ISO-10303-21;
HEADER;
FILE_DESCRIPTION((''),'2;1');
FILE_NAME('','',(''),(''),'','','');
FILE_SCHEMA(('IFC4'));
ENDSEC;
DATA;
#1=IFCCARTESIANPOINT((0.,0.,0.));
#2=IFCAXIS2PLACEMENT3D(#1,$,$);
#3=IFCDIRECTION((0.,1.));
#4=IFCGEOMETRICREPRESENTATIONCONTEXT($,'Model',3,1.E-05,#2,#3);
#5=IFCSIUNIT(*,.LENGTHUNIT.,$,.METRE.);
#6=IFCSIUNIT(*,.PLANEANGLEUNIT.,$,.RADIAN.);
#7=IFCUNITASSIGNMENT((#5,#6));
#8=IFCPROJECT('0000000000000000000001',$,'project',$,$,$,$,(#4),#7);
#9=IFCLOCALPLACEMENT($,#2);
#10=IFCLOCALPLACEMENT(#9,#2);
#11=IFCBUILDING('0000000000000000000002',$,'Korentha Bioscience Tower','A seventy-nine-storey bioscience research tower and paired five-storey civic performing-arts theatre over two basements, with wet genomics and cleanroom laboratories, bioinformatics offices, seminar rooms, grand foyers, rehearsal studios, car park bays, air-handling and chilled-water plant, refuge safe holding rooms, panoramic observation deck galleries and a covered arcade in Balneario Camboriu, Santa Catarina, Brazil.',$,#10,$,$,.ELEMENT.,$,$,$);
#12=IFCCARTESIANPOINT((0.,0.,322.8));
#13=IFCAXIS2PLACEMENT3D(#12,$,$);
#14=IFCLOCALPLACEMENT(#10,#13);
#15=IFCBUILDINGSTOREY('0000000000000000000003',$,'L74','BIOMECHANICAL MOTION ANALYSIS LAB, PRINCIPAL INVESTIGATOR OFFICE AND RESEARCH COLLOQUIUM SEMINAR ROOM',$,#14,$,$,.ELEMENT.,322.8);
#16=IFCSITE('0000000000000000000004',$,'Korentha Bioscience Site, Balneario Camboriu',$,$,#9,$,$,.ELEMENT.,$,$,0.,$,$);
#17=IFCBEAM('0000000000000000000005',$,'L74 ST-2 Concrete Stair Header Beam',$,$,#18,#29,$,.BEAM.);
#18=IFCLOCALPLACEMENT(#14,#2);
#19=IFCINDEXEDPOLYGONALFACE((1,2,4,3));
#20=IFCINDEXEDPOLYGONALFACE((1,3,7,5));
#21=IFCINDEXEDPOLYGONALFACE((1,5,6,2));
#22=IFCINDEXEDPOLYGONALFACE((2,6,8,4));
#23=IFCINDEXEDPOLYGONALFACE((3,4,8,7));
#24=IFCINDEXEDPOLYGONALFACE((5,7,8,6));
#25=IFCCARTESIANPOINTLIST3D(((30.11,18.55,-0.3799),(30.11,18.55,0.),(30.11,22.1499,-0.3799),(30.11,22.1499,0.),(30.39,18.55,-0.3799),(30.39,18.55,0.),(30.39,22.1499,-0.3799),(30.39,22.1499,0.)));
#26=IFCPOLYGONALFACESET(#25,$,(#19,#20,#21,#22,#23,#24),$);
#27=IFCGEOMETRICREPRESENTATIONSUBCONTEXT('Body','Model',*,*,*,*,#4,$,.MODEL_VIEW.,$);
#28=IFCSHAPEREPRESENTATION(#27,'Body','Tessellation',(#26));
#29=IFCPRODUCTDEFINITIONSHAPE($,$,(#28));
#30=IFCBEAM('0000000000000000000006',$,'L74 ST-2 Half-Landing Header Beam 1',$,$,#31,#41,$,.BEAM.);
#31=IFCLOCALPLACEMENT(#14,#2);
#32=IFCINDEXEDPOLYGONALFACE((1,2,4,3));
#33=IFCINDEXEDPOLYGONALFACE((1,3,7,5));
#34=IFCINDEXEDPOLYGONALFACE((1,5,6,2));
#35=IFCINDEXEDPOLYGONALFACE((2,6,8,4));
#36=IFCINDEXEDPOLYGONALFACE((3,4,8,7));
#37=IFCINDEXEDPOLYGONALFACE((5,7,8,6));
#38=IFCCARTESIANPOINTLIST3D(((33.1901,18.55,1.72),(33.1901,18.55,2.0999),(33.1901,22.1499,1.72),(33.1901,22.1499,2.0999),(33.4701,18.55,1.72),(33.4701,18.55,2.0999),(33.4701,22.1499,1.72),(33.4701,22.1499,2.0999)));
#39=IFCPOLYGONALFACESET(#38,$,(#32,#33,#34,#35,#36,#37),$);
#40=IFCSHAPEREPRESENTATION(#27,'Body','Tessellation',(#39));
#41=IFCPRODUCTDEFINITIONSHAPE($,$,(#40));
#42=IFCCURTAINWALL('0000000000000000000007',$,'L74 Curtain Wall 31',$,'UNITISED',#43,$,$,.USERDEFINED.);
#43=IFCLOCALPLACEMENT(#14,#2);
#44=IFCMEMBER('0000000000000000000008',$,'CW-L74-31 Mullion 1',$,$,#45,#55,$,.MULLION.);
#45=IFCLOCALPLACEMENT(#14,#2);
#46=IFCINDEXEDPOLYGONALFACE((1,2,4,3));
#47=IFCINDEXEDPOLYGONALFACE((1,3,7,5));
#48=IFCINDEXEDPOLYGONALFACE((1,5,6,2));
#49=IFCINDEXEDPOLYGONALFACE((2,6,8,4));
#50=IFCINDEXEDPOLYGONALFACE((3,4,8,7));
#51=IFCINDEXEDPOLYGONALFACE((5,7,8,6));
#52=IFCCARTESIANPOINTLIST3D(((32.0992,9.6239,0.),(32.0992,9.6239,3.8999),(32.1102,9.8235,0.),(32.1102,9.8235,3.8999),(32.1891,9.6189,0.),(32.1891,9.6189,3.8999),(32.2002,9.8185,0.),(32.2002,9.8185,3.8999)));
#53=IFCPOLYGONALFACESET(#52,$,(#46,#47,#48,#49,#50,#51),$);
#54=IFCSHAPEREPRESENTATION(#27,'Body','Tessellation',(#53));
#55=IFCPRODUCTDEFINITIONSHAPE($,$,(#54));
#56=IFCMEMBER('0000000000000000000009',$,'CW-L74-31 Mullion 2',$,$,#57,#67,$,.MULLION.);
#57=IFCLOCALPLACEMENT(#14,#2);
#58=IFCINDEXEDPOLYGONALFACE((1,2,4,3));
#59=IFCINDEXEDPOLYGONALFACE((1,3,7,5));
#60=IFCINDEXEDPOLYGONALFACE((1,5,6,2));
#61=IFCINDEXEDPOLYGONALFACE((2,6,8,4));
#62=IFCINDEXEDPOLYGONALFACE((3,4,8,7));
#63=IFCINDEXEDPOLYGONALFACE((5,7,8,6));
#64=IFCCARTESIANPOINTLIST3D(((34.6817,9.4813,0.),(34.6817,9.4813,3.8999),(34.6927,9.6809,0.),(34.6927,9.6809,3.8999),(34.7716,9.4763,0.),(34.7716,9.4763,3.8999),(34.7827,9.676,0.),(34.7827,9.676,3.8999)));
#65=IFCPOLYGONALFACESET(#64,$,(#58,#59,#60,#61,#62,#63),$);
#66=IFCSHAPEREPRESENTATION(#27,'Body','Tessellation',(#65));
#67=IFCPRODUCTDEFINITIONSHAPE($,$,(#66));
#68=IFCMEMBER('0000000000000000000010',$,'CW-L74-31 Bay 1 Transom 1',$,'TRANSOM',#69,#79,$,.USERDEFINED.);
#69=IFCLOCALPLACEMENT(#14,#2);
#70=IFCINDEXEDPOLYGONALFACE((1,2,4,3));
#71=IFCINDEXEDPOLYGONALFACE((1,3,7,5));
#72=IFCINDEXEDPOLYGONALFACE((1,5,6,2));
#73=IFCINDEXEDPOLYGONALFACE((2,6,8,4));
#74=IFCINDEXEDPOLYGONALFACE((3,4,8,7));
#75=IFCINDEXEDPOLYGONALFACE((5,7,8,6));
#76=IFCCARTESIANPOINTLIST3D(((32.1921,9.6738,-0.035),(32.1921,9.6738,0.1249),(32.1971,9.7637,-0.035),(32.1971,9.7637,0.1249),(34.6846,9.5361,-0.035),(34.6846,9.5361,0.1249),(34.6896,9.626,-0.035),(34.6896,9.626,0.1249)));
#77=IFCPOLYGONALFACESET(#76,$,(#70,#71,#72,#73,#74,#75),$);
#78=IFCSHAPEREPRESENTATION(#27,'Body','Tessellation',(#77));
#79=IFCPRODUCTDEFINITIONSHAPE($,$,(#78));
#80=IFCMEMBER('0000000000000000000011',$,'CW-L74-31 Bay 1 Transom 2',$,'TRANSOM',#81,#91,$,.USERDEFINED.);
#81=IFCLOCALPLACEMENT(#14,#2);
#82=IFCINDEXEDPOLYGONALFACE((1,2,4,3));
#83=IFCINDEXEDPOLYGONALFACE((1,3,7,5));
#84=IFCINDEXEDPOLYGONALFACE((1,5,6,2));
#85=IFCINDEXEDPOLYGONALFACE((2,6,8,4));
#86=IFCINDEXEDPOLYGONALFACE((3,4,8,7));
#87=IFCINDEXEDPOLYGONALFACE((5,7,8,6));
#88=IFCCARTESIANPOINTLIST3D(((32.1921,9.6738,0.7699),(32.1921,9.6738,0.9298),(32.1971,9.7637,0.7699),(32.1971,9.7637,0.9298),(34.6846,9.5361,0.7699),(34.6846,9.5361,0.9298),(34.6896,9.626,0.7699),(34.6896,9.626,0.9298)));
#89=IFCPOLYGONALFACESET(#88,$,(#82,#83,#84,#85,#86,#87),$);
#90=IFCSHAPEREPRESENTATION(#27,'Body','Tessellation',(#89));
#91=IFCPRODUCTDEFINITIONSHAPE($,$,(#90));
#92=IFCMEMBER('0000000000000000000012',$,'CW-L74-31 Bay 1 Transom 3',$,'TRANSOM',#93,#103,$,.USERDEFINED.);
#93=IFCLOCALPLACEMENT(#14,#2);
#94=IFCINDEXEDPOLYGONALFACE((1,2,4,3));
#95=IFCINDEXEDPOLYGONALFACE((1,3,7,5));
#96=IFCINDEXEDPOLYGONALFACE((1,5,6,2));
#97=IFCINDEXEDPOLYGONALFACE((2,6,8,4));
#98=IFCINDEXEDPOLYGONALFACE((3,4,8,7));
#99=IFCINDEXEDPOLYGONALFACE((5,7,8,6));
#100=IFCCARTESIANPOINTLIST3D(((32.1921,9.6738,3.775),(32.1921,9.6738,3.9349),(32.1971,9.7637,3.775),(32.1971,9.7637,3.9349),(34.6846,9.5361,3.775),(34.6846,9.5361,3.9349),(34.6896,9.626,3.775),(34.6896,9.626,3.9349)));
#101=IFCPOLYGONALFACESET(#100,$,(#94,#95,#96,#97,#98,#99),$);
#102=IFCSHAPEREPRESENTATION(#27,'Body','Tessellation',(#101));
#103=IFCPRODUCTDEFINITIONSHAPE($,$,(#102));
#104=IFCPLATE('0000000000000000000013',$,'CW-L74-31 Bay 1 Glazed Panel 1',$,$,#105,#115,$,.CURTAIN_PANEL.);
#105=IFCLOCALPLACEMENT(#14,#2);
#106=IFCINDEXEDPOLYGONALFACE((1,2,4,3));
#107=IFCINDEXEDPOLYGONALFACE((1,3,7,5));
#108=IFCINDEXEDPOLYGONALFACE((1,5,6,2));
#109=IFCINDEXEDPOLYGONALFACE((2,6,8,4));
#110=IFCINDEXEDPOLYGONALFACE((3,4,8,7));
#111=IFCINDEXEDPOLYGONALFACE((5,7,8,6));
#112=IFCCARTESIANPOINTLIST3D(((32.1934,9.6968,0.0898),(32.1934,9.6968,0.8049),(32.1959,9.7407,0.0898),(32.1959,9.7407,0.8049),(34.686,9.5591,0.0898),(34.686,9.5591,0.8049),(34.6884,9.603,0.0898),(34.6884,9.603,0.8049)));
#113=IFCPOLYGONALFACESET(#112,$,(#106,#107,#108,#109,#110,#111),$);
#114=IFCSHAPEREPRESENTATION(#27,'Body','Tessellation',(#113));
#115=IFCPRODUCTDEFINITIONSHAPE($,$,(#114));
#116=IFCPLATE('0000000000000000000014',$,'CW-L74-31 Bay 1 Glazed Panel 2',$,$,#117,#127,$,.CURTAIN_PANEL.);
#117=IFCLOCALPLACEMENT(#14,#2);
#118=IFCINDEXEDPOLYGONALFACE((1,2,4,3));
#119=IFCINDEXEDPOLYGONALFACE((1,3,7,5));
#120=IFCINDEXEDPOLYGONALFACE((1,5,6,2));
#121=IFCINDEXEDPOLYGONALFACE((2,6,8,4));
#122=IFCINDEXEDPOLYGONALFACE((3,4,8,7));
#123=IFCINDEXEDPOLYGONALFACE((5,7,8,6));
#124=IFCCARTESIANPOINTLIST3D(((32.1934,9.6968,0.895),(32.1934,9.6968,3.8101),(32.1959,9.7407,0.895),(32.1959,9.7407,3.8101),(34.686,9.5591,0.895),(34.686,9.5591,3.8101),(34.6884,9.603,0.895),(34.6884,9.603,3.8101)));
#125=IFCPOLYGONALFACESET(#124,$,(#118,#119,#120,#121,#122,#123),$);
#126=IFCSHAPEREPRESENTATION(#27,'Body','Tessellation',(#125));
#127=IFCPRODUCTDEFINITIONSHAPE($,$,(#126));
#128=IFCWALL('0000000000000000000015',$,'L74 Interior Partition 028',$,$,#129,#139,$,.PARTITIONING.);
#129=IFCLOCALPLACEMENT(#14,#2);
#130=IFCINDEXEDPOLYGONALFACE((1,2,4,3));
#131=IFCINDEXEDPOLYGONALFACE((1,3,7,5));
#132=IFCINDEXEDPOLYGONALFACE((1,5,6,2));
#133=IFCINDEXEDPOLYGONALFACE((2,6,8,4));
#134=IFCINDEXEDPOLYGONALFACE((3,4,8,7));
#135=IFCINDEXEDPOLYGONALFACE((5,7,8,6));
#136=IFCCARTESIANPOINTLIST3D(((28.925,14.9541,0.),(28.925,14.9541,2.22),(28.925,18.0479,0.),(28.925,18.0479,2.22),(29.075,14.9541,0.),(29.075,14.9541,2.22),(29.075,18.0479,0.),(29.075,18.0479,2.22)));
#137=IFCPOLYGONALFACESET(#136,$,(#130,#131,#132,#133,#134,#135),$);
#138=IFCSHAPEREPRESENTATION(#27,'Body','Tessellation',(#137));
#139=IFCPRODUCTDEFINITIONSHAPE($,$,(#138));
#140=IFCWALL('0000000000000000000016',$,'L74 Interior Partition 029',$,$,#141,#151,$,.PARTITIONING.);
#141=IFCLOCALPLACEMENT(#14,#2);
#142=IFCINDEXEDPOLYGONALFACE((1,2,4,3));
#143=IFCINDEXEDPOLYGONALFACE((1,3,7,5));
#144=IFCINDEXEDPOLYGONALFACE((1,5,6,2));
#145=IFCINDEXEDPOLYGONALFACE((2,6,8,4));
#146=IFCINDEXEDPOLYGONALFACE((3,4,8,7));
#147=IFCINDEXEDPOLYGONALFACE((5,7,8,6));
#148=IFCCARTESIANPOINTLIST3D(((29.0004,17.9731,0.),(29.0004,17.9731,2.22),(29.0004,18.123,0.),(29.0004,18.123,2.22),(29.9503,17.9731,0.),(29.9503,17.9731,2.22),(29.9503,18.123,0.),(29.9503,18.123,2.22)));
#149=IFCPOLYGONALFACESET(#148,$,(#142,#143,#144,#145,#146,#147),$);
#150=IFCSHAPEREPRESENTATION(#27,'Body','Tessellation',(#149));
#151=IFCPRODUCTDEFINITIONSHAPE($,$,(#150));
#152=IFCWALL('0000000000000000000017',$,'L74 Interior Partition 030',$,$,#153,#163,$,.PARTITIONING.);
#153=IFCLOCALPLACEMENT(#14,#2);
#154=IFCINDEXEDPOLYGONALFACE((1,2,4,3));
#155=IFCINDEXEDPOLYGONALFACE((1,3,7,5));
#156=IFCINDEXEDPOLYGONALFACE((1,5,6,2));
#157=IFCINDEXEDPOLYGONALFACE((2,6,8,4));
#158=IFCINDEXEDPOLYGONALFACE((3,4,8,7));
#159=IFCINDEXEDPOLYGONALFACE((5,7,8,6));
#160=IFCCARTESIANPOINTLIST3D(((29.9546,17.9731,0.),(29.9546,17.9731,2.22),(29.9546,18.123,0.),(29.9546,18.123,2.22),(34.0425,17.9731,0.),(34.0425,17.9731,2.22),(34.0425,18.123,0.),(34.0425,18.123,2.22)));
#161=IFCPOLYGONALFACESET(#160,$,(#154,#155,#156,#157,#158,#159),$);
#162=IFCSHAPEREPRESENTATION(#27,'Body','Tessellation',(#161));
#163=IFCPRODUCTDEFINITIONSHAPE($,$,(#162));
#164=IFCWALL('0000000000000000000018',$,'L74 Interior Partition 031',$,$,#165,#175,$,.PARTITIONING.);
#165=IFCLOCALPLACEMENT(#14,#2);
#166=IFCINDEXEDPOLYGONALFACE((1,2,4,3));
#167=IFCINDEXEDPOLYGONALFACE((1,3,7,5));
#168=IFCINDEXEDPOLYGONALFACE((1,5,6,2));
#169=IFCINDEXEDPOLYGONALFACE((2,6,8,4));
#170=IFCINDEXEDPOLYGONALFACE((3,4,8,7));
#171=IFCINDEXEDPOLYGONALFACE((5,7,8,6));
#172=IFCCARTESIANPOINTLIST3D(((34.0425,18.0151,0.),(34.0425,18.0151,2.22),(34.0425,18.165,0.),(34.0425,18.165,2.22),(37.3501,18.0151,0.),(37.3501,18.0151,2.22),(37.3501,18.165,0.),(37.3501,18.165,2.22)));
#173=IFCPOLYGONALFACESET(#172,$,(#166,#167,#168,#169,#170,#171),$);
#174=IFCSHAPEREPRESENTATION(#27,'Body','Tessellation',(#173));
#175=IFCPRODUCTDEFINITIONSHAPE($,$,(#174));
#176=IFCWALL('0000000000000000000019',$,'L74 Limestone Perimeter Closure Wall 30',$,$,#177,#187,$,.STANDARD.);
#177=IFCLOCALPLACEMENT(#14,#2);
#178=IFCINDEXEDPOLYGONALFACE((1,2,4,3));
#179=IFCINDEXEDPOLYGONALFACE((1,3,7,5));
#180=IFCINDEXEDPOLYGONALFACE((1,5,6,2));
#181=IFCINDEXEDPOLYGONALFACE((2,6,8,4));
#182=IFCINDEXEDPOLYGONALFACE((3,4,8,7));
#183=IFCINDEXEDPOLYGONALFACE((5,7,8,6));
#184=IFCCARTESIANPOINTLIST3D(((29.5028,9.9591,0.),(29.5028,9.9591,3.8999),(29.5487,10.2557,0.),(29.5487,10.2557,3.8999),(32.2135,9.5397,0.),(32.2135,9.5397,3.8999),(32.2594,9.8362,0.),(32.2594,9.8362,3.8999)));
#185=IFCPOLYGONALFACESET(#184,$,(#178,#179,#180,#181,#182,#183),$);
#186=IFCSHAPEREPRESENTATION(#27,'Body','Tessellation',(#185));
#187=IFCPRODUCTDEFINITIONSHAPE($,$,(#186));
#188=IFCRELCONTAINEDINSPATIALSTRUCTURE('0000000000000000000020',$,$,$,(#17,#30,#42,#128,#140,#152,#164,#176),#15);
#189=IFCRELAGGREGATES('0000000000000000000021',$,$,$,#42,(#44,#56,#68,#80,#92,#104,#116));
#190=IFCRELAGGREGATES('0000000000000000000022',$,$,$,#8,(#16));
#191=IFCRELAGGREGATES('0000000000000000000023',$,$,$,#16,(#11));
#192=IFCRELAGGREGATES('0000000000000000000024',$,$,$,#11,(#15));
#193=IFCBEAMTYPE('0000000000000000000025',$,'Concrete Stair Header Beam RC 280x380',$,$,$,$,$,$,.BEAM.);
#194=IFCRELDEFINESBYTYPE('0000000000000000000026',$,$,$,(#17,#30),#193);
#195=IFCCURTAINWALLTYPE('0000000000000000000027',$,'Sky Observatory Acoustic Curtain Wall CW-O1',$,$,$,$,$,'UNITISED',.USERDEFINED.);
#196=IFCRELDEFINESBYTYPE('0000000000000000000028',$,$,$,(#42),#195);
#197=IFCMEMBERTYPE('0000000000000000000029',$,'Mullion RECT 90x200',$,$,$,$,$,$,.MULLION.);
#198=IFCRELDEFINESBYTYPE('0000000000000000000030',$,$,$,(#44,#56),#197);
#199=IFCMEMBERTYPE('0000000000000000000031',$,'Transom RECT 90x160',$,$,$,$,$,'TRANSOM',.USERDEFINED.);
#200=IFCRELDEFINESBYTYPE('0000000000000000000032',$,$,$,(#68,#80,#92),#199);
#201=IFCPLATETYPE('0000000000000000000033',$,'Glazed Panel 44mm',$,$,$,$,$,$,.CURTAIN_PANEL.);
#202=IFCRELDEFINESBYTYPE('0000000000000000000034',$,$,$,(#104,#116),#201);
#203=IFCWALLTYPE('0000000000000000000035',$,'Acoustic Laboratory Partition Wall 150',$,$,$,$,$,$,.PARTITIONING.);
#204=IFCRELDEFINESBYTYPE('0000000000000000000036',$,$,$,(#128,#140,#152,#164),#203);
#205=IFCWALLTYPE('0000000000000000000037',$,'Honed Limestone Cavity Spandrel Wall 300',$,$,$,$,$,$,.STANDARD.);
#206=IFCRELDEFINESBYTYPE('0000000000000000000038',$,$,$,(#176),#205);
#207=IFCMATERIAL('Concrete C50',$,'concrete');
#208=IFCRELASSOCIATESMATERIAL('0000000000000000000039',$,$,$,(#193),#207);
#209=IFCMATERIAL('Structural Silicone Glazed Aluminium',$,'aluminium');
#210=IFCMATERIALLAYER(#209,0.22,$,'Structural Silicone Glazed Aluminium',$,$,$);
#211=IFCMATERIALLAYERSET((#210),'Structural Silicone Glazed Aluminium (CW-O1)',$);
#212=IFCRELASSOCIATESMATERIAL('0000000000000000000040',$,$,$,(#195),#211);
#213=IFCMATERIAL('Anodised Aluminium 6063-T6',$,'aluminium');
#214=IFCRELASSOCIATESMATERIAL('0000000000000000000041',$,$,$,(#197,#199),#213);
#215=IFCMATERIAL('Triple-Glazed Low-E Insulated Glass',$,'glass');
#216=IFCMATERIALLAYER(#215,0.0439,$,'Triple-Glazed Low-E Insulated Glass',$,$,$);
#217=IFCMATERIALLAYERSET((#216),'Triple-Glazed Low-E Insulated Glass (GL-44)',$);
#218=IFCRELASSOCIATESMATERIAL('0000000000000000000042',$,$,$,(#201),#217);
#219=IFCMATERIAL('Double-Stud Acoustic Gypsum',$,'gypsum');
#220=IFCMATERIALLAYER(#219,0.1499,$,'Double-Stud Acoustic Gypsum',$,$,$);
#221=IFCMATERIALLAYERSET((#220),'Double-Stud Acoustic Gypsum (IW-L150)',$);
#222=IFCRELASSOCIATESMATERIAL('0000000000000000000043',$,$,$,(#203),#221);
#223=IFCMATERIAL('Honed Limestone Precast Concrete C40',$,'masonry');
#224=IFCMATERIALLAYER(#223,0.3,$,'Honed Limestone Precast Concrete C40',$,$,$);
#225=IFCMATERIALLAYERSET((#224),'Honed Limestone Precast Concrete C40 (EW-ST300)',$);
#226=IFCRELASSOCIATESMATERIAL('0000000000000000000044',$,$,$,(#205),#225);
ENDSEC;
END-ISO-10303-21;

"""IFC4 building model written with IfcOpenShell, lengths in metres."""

from ifc_helpers import new_model, si_unit, direction, frame, frame_2d, origin, origin_2d, place, context, subcontext, project, spatial, rectangle, extrude, material, layer, layer_set, material_profile, profile_set, type_object, element, aggregate, save


model = new_model("IFC4")

# Units and contexts
model_context = context("Model", 3, precision=1e-05, world=origin(), true_north=direction((0.0, 1.0)))
body_context = subcontext(model_context, "Body", "Model", "MODEL_VIEW")
ifc_project = project(units=[si_unit("LENGTHUNIT", "METRE"), si_unit("PLANEANGLEUNIT", "RADIAN")], contexts=[model_context])

# Site, building, storey
site_placement = place(None, origin())
site = spatial("IfcSite", under=ifc_project, at=site_placement, Name="Korentha Bioscience Site, Balneario Camboriu", CompositionType="ELEMENT", RefElevation=0.0)
building_placement = place(site_placement, origin())
building = spatial("IfcBuilding", under=site, at=building_placement, Name="Korentha Bioscience Tower", Description="A seventy-nine-storey bioscience research tower and paired five-storey civic performing-arts theatre over two basements, with wet genomics and cleanroom laboratories, bioinformatics offices, seminar rooms, grand foyers, rehearsal studios, car park bays, air-handling and chilled-water plant, refuge safe holding rooms, panoramic observation deck galleries and a covered arcade in Balneario Camboriu, Santa Catarina, Brazil.", CompositionType="ELEMENT")
storey_placement = place(building_placement, frame((0.0, 0.0, 322.8)))
storey = spatial("IfcBuildingStorey", under=building, at=storey_placement, Name="L74", Description="BIOMECHANICAL MOTION ANALYSIS LAB, PRINCIPAL INVESTIGATOR OFFICE AND RESEARCH COLLOQUIUM SEMINAR ROOM", CompositionType="ELEMENT", Elevation=322.8)

# Beams
ifc_material_1 = material(Name="Concrete C50", Category="concrete")
ifc_material_profile_1 = material_profile(ifc_material_1, rectangle(XDim=0.28, YDim=0.3799, at=origin_2d()), Name="Concrete C50")
ifc_profile_set_1 = profile_set([ifc_material_profile_1], Name="Concrete C50 (ST-HB380)")
beam_type = type_object("IfcBeamType", Name="Concrete Stair Header Beam RC 280x380", PredefinedType="BEAM", material=ifc_profile_set_1)
for number, where, z_axis, x_axis, name in (
    (1, (30.25, 18.55, -0.1899), (0.0, 1.0, 0.0), (-1.0, 0.0, 0.0), "L74 ST-2 Concrete Stair Header Beam"),
    (2, (33.3301, 18.55, 1.9099), (0.0, 1.0, 0.0), (-1.0, 0.0, 0.0), "L74 ST-2 Half-Landing Header Beam 1"),
):
    element("IfcBeam", number, at=place(storey_placement, frame(where, z_axis=z_axis, x_axis=x_axis)), inside=storey, type_object=beam_type, Name=name, PredefinedType="BEAM", context=body_context, shape_type="SweptSolid", body=[
        extrude(rectangle(XDim=0.28, YDim=0.3799, at=origin_2d()), origin(), (0.0, 0.0, 1.0), 3.5999),
    ])

# Curtain wall, members, plates
ifc_material_2 = material(Name="Structural Silicone Glazed Aluminium", Category="aluminium")
ifc_layer_1 = layer(ifc_material_2, 0.22, Name="Structural Silicone Glazed Aluminium")
ifc_layer_set_1 = layer_set([ifc_layer_1], Name="Structural Silicone Glazed Aluminium (CW-O1)")
curtain_wall_type = type_object("IfcCurtainWallType", Name="Sky Observatory Acoustic Curtain Wall CW-O1", ElementType="UNITISED", PredefinedType="USERDEFINED", material=ifc_layer_set_1)
curtain_wall_placement = place(storey_placement, origin())
curtain_wall = element("IfcCurtainWall", 3, at=curtain_wall_placement, inside=storey, type_object=curtain_wall_type, Name="L74 Curtain Wall 31", ObjectType="UNITISED", PredefinedType="USERDEFINED")
ifc_material_3 = material(Name="Anodised Aluminium 6063-T6", Category="aluminium")
ifc_material_profile_2 = material_profile(ifc_material_3, rectangle(XDim=0.0901, YDim=0.2, at=origin_2d()), Name="Anodised Aluminium 6063-T6")
ifc_profile_set_2 = profile_set([ifc_material_profile_2], Name="Anodised Aluminium 6063-T6 (CW-MUL)")
member_type_1 = type_object("IfcMemberType", Name="Mullion RECT 90x200", PredefinedType="MULLION", material=ifc_profile_set_2)
member_1_placement = place(storey_placement, frame((32.1497, 9.7212, 0.0), z_axis=(0.0, 0.0, 1.0), x_axis=(0.998476, -0.055189, 0.0)))
member_1 = element("IfcMember", 4, at=member_1_placement, type_object=member_type_1, Name="CW-L74-31 Mullion 1", PredefinedType="MULLION", context=body_context, shape_type="SweptSolid", body=[
    extrude(rectangle(XDim=0.0901, YDim=0.2, at=origin_2d()), origin(), (0.0, 0.0, 1.0), 3.8999),
])
member_2_placement = place(storey_placement, frame((34.7322, 9.5786, 0.0), z_axis=(0.0, 0.0, 1.0), x_axis=(0.998476, -0.055189, 0.0)))
member_2 = element("IfcMember", 5, at=member_2_placement, type_object=member_type_1, Name="CW-L74-31 Mullion 2", PredefinedType="MULLION", context=body_context, shape_type="SweptSolid", body=[
    extrude(rectangle(XDim=0.0901, YDim=0.2, at=origin_2d()), origin(), (0.0, 0.0, 1.0), 3.8999),
])
ifc_material_profile_3 = material_profile(ifc_material_3, rectangle(XDim=0.0901, YDim=0.1599, at=origin_2d()), Name="Anodised Aluminium 6063-T6")
ifc_profile_set_3 = profile_set([ifc_material_profile_3], Name="Anodised Aluminium 6063-T6 (CW-TRN)")
member_type_2 = type_object("IfcMemberType", Name="Transom RECT 90x160", ElementType="TRANSOM", PredefinedType="USERDEFINED", material=ifc_profile_set_3)
member_3_placement = place(storey_placement, frame((32.1946, 9.7188, 0.0449), z_axis=(0.998477, -0.055161, 0.0), x_axis=(0.055161, 0.998477, 0.0)))
member_3 = element("IfcMember", 6, at=member_3_placement, type_object=member_type_2, Name="CW-L74-31 Bay 1 Transom 1", ObjectType="TRANSOM", PredefinedType="USERDEFINED", context=body_context, shape_type="SweptSolid", body=[
    extrude(rectangle(XDim=0.0901, YDim=0.1599, at=origin_2d()), origin(), (0.0, 0.0, 1.0), 2.4963),
])
member_4_placement = place(storey_placement, frame((32.1946, 9.7188, 0.8499), z_axis=(0.998477, -0.055161, 0.0), x_axis=(0.055161, 0.998477, 0.0)))
member_4 = element("IfcMember", 7, at=member_4_placement, type_object=member_type_2, Name="CW-L74-31 Bay 1 Transom 2", ObjectType="TRANSOM", PredefinedType="USERDEFINED", context=body_context, shape_type="SweptSolid", body=[
    extrude(rectangle(XDim=0.0901, YDim=0.1599, at=origin_2d()), origin(), (0.0, 0.0, 1.0), 2.4963),
])
member_5_placement = place(storey_placement, frame((32.1946, 9.7188, 3.855), z_axis=(0.998477, -0.055161, 0.0), x_axis=(0.055161, 0.998477, 0.0)))
member_5 = element("IfcMember", 8, at=member_5_placement, type_object=member_type_2, Name="CW-L74-31 Bay 1 Transom 3", ObjectType="TRANSOM", PredefinedType="USERDEFINED", context=body_context, shape_type="SweptSolid", body=[
    extrude(rectangle(XDim=0.0901, YDim=0.1599, at=origin_2d()), origin(), (0.0, 0.0, 1.0), 2.4963),
])
ifc_material_4 = material(Name="Triple-Glazed Low-E Insulated Glass", Category="glass")
ifc_layer_2 = layer(ifc_material_4, 0.0439, Name="Triple-Glazed Low-E Insulated Glass")
ifc_layer_set_2 = layer_set([ifc_layer_2], Name="Triple-Glazed Low-E Insulated Glass (GL-44)")
plate_type = type_object("IfcPlateType", Name="Glazed Panel 44mm", PredefinedType="CURTAIN_PANEL", material=ifc_layer_set_2)
plate_1_placement = place(storey_placement, frame((33.4409, 9.6499, 0.0898), z_axis=(0.0, 0.0, 1.0), x_axis=(0.998476, -0.055189, 0.0)))
plate_1 = element("IfcPlate", 9, at=plate_1_placement, type_object=plate_type, Name="CW-L74-31 Bay 1 Glazed Panel 1", PredefinedType="CURTAIN_PANEL", context=body_context, shape_type="SweptSolid", body=[
    extrude(rectangle(XDim=2.4963, YDim=0.0439, at=origin_2d()), origin(), (0.0, 0.0, 1.0), 0.7151),
])
plate_2_placement = place(storey_placement, frame((33.4409, 9.6499, 0.895), z_axis=(0.0, 0.0, 1.0), x_axis=(0.998476, -0.055189, 0.0)))
plate_2 = element("IfcPlate", 10, at=plate_2_placement, type_object=plate_type, Name="CW-L74-31 Bay 1 Glazed Panel 2", PredefinedType="CURTAIN_PANEL", context=body_context, shape_type="SweptSolid", body=[
    extrude(rectangle(XDim=2.4963, YDim=0.0439, at=origin_2d()), origin(), (0.0, 0.0, 1.0), 2.915),
])
aggregate(curtain_wall, [member_1, member_2, member_3, member_4, member_5, plate_1, plate_2])

# Walls
ifc_material_5 = material(Name="Double-Stud Acoustic Gypsum", Category="gypsum")
ifc_layer_3 = layer(ifc_material_5, 0.1499, Name="Double-Stud Acoustic Gypsum")
ifc_layer_set_3 = layer_set([ifc_layer_3], Name="Double-Stud Acoustic Gypsum (IW-L150)")
wall_type_1 = type_object("IfcWallType", Name="Acoustic Laboratory Partition Wall 150", PredefinedType="PARTITIONING", material=ifc_layer_set_3)
wall_1_placement = place(storey_placement, frame((29.0, 14.9541, 0.0), z_axis=(0.0, 0.0, 1.0), x_axis=(0.0, 1.0, 0.0)))
element("IfcWall", 11, at=wall_1_placement, inside=storey, type_object=wall_type_1, Name="L74 Interior Partition 028", PredefinedType="PARTITIONING", context=body_context, shape_type="SweptSolid", body=[
    extrude(rectangle(XDim=3.0938, YDim=0.1499, at=frame_2d((1.5469, 0.0))), origin(), (0.0, 0.0, 1.0), 2.22),
])
wall_2_placement = place(storey_placement, frame((29.0002, 18.0481, 0.0), z_axis=(0.0, 0.0, 1.0), x_axis=(1.0, 0.0, 0.0)))
element("IfcWall", 12, at=wall_2_placement, inside=storey, type_object=wall_type_1, Name="L74 Interior Partition 029", PredefinedType="PARTITIONING", context=body_context, shape_type="SweptSolid", body=[
    extrude(rectangle(XDim=0.95, YDim=0.1499, at=frame_2d((0.4751, 0.0))), origin(), (0.0, 0.0, 1.0), 2.22),
])
wall_3_placement = place(storey_placement, frame((29.9546, 18.0481, 0.0), z_axis=(0.0, 0.0, 1.0), x_axis=(1.0, 0.0, 0.0)))
element("IfcWall", 13, at=wall_3_placement, inside=storey, type_object=wall_type_1, Name="L74 Interior Partition 030", PredefinedType="PARTITIONING", context=body_context, shape_type="SweptSolid", body=[
    extrude(rectangle(XDim=4.0879, YDim=0.1499, at=frame_2d((2.0439, 0.0))), origin(), (0.0, 0.0, 1.0), 2.22),
])
wall_4_placement = place(storey_placement, frame((34.0425, 18.0901, 0.0), z_axis=(0.0, 0.0, 1.0), x_axis=(1.0, 0.0, 0.0)))
element("IfcWall", 14, at=wall_4_placement, inside=storey, type_object=wall_type_1, Name="L74 Interior Partition 031", PredefinedType="PARTITIONING", context=body_context, shape_type="SweptSolid", body=[
    extrude(rectangle(XDim=3.3076, YDim=0.1499, at=frame_2d((1.6538, 0.0))), origin(), (0.0, 0.0, 1.0), 2.22),
])
ifc_material_6 = material(Name="Honed Limestone Precast Concrete C40", Category="masonry")
ifc_layer_4 = layer(ifc_material_6, 0.3, Name="Honed Limestone Precast Concrete C40")
ifc_layer_set_4 = layer_set([ifc_layer_4], Name="Honed Limestone Precast Concrete C40 (EW-ST300)")
wall_type_2 = type_object("IfcWallType", Name="Honed Limestone Cavity Spandrel Wall 300", PredefinedType="STANDARD", material=ifc_layer_set_4)
wall_5_placement = place(storey_placement, frame((29.5256, 10.1074, 0.0), z_axis=(0.0, 0.0, 1.0), x_axis=(0.98824, -0.152913, 0.0)))
element("IfcWall", 15, at=wall_5_placement, inside=storey, type_object=wall_type_2, Name="L74 Limestone Perimeter Closure Wall 30", PredefinedType="STANDARD", context=body_context, shape_type="SweptSolid", body=[
    extrude(rectangle(XDim=2.7429, YDim=0.3, at=frame_2d((1.3716, 0.0))), origin(), (0.0, 0.0, 1.0), 3.8999),
])

save(model, "model.ifc")
